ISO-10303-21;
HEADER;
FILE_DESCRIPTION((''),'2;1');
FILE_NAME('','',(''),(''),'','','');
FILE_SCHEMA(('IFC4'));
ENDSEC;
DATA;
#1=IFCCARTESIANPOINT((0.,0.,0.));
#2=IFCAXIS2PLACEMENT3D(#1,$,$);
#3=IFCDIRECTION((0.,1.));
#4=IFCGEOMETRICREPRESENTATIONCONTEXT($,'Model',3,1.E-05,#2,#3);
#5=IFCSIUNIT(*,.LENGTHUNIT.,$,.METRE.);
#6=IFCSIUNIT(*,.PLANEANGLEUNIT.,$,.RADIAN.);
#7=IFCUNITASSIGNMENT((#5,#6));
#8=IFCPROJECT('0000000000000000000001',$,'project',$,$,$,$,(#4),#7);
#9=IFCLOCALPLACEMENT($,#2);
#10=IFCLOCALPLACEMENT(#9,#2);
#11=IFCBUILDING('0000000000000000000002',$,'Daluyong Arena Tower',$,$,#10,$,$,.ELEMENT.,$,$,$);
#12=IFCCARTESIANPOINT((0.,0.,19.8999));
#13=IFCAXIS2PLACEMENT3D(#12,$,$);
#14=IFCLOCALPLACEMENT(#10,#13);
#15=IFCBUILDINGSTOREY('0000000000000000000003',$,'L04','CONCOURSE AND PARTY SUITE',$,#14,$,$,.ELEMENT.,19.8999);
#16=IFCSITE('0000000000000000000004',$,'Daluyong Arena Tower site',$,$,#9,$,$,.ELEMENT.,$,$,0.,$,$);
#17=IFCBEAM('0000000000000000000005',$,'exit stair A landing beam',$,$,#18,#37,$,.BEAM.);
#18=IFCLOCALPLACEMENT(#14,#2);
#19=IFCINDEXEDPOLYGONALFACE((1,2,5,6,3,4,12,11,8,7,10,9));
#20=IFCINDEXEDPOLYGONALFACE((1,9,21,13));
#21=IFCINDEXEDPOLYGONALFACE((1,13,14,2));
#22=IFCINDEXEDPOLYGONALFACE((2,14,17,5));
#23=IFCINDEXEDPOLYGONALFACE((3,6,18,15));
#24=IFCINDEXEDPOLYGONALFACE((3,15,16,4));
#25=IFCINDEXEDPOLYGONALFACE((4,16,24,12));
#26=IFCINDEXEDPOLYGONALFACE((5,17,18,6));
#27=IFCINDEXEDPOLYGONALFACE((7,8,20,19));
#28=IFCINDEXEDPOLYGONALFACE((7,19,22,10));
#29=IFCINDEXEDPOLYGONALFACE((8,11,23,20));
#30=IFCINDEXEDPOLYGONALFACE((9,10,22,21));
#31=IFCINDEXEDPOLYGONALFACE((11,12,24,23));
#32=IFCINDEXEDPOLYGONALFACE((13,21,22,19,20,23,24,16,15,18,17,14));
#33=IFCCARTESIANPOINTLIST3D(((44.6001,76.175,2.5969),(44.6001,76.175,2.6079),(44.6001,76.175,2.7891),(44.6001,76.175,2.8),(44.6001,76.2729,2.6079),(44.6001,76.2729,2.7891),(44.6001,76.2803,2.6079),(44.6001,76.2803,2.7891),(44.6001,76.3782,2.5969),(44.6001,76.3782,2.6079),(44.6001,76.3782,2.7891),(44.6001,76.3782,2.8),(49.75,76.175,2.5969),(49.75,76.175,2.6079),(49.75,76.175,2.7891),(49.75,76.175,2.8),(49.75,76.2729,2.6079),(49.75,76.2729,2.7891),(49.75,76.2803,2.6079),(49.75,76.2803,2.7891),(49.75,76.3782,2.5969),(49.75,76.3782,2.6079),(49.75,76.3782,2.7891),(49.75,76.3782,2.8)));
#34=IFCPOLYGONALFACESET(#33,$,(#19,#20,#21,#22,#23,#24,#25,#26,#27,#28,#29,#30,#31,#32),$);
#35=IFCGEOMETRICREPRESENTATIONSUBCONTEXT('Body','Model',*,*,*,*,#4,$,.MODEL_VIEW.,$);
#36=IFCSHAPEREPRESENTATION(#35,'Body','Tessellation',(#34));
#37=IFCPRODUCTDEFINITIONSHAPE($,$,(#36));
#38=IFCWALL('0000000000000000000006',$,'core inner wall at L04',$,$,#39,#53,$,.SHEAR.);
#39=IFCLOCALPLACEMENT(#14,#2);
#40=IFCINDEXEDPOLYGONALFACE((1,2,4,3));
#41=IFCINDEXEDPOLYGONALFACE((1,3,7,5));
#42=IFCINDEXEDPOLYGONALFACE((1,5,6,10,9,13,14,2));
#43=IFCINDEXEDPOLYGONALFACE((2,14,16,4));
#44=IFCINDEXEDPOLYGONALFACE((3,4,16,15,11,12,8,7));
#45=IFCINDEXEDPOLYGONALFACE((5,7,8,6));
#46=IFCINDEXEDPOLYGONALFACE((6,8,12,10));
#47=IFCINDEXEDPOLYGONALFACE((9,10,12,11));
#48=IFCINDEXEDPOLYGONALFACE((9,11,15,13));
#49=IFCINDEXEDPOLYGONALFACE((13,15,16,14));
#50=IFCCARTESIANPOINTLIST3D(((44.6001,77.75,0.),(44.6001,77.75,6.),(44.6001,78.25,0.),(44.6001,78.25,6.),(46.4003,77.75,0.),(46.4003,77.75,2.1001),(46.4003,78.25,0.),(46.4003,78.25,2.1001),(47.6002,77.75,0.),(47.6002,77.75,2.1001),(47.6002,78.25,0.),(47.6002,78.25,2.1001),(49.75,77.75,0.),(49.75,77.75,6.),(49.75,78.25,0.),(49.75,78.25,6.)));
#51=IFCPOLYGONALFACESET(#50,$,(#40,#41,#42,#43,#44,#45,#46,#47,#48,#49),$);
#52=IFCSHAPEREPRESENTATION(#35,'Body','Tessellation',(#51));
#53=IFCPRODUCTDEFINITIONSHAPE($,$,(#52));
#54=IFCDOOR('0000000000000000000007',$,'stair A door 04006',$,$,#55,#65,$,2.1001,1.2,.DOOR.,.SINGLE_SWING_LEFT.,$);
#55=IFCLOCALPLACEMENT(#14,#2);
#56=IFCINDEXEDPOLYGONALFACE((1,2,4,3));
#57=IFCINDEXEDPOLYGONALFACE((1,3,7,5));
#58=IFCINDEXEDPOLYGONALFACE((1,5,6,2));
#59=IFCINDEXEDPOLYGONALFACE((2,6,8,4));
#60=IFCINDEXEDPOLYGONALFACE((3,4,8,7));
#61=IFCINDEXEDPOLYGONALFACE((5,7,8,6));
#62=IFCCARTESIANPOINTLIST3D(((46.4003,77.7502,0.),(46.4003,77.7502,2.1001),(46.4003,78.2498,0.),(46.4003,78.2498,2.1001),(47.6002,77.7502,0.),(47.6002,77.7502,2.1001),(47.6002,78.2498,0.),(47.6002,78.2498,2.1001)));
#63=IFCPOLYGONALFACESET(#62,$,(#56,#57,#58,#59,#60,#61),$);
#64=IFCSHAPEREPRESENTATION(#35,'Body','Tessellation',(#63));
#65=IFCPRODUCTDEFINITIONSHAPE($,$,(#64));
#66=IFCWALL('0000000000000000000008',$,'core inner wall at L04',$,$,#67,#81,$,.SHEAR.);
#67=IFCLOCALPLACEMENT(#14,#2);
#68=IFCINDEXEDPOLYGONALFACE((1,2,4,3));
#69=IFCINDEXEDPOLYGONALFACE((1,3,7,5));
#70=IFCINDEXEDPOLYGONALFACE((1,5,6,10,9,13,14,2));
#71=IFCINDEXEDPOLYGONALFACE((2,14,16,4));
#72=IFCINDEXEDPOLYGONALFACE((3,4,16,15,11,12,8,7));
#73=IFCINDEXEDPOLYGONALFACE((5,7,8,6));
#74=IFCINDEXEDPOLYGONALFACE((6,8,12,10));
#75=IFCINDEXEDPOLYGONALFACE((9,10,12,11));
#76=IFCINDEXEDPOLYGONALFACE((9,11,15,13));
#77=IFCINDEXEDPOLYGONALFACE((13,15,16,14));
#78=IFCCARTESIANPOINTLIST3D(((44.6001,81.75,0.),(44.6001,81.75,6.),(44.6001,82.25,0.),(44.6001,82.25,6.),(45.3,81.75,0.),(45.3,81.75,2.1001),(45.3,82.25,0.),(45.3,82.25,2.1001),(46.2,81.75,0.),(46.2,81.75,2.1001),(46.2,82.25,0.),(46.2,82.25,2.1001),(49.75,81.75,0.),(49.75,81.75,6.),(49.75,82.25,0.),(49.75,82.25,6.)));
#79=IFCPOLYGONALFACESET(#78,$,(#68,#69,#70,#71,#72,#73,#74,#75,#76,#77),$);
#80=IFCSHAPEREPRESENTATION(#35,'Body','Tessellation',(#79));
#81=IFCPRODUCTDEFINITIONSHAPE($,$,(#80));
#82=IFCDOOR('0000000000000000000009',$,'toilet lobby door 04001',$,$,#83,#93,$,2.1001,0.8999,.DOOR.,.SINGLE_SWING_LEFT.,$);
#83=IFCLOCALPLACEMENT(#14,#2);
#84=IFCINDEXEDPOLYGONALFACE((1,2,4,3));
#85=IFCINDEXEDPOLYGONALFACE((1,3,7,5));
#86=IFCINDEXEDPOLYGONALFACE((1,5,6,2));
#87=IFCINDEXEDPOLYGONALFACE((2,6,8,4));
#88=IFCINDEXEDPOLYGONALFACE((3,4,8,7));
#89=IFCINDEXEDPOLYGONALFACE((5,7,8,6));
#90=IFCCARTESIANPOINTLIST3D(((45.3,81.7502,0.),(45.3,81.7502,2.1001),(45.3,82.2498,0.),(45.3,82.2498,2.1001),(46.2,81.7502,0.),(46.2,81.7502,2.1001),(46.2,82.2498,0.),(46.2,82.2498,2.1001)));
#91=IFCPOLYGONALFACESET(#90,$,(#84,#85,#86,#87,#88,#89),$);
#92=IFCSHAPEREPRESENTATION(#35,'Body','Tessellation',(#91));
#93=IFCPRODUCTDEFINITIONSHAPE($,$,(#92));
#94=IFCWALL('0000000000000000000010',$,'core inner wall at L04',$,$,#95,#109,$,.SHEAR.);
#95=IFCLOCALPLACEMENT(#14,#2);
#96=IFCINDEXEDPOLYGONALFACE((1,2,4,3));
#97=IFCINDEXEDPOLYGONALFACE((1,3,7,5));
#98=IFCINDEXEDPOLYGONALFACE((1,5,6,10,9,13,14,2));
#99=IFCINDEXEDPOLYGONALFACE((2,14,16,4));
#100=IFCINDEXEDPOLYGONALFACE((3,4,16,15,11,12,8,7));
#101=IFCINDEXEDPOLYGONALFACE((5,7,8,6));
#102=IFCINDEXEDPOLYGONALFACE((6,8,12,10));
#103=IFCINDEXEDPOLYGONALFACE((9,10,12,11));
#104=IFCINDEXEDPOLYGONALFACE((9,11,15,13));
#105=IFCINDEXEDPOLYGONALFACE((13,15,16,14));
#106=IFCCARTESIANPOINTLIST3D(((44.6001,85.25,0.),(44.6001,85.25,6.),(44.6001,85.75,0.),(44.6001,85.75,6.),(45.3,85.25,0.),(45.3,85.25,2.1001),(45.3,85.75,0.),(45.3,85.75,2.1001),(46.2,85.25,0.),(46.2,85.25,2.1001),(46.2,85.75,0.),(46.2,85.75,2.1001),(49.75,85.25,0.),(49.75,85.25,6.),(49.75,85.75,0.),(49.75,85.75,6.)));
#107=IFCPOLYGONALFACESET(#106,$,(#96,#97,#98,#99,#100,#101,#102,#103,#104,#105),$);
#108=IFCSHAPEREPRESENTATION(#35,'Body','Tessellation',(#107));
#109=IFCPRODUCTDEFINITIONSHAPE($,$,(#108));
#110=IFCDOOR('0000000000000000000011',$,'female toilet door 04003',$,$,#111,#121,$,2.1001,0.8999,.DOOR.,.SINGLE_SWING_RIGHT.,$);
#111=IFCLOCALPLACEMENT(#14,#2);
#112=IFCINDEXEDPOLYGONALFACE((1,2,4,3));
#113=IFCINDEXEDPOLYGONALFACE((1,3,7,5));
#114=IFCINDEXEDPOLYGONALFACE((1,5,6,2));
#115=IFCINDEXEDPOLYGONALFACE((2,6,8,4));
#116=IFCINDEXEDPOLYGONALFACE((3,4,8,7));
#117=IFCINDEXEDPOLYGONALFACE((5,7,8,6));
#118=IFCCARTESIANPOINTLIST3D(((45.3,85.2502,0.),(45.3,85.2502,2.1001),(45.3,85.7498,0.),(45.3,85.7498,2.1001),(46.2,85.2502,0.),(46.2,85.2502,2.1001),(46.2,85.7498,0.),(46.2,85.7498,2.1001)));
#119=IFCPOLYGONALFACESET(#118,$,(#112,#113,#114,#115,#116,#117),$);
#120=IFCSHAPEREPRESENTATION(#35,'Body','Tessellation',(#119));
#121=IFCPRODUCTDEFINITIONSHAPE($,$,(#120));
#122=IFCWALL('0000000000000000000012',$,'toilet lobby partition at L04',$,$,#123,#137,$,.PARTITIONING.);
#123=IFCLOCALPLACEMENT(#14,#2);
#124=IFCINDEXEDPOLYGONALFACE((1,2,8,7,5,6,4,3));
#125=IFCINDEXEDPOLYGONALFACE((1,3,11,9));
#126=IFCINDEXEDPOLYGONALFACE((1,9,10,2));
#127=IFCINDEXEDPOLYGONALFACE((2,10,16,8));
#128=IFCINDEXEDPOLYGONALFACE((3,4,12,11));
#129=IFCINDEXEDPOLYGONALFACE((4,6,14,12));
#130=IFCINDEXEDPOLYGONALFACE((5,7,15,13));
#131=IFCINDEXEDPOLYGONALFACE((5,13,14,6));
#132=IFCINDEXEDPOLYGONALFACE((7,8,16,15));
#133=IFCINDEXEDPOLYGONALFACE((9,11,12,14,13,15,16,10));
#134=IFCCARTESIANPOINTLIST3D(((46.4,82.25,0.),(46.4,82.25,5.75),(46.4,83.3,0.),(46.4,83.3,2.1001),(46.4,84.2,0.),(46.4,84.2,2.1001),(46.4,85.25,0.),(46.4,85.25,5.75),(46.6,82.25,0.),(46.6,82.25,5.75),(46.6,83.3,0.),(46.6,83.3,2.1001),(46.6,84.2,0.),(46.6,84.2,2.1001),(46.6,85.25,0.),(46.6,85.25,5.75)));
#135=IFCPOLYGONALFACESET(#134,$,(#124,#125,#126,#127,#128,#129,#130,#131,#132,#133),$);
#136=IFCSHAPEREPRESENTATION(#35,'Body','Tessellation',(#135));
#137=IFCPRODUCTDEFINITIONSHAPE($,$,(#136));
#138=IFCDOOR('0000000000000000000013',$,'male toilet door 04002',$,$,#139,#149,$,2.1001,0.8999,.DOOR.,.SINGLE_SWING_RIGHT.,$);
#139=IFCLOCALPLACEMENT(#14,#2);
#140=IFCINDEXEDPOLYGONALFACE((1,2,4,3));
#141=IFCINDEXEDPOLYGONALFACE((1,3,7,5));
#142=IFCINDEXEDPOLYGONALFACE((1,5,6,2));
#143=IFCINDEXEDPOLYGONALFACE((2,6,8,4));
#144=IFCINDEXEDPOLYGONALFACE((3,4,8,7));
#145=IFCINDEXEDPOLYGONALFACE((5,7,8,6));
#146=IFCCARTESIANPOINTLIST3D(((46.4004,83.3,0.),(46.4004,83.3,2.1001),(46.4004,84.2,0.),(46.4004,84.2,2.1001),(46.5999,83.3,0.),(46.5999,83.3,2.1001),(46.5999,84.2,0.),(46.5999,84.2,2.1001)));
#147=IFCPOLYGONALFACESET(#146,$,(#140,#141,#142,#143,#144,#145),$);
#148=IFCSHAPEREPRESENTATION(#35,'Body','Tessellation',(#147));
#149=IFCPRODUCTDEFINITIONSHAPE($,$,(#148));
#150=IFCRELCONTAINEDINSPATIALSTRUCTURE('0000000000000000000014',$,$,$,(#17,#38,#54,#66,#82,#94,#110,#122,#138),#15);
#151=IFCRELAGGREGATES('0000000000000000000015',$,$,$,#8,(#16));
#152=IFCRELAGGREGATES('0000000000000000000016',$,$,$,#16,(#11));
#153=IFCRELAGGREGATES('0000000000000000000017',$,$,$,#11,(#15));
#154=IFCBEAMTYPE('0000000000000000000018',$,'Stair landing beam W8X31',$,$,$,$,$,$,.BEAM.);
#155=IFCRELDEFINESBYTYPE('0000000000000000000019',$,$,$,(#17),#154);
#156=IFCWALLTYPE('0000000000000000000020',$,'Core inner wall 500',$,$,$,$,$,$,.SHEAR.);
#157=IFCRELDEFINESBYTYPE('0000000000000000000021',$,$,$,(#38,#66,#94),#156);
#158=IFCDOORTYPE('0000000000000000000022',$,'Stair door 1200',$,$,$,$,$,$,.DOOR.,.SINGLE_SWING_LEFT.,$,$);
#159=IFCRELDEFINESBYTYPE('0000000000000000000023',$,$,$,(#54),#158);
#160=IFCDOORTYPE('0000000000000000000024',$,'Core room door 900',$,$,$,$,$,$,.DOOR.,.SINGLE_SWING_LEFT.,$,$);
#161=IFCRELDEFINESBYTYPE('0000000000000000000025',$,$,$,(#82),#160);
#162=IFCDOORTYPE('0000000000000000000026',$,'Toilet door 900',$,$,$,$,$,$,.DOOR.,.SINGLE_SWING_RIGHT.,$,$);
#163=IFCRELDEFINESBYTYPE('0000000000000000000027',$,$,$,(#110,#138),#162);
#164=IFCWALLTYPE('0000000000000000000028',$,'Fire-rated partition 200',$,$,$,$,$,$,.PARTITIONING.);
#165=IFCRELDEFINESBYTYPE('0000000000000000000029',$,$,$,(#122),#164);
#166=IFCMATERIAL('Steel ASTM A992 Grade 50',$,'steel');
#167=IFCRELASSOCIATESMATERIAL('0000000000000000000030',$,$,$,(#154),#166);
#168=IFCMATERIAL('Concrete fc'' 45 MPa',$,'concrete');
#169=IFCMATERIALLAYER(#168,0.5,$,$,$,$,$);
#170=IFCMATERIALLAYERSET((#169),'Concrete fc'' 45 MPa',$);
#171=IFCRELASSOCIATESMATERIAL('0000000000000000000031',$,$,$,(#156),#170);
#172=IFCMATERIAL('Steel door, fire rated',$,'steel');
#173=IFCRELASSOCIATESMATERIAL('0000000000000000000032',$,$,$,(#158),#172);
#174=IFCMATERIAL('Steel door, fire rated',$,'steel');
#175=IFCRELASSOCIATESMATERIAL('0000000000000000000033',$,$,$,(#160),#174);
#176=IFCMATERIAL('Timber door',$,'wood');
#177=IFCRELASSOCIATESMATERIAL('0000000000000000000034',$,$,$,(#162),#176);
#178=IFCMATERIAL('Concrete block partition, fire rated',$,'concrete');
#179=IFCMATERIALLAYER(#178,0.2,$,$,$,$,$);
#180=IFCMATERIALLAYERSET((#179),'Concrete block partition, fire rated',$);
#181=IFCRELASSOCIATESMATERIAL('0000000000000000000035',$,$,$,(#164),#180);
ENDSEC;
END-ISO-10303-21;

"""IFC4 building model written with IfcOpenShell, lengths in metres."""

from ifc_helpers import new_model, si_unit, direction, frame, frame_2d, origin, origin_2d, place, context, subcontext, project, spatial, rectangle, i_section, extrude, material, layer, layer_set, material_profile, profile_set, type_object, element, fill, save


model = new_model("IFC4")

# Units and contexts
model_context = context("Model", 3, precision=1e-05, world=origin(), true_north=direction((0.0, 1.0)))
body_context = subcontext(model_context, "Body", "Model", "MODEL_VIEW")
ifc_project = project(units=[si_unit("LENGTHUNIT", "METRE"), si_unit("PLANEANGLEUNIT", "RADIAN")], contexts=[model_context])

# Site, building, storey
site_placement = place(None, origin())
site = spatial("IfcSite", under=ifc_project, at=site_placement, Name="Daluyong Arena Tower site", CompositionType="ELEMENT", RefElevation=0.0)
building_placement = place(site_placement, origin())
building = spatial("IfcBuilding", under=site, at=building_placement, Name="Daluyong Arena Tower", CompositionType="ELEMENT")
storey_placement = place(building_placement, frame((0.0, 0.0, 19.8999)))
storey = spatial("IfcBuildingStorey", under=building, at=storey_placement, Name="L04", Description="CONCOURSE AND PARTY SUITE", CompositionType="ELEMENT", Elevation=19.8999)

# Beam
ifc_material_1 = material(Name="Steel ASTM A992 Grade 50", Category="steel")
ifc_material_profile_1 = material_profile(ifc_material_1, i_section(OverallWidth=0.2031, OverallDepth=0.2031, WebThickness=0.0073, FlangeThickness=0.011, at=origin_2d()))
ifc_profile_set_1 = profile_set([ifc_material_profile_1], Name="Steel ASTM A992 Grade 50")
beam_type_1 = type_object("IfcBeamType", Name="Stair landing beam W8X31", PredefinedType="BEAM", material=ifc_profile_set_1)
for number, where, z_axis, x_axis, name in (
    (1, (44.6001, 76.2766, 2.6985), (1.0, 0.0, 0.0), (0.0, 1.0, 0.0), "exit stair A landing beam"),
):
    element("IfcBeam", number, at=place(storey_placement, frame(where, z_axis=z_axis, x_axis=x_axis)), inside=storey, type_object=beam_type_1, Name=name, PredefinedType="BEAM", context=body_context, shape_type="SweptSolid", body=[
        extrude(i_section(OverallWidth=0.2031, OverallDepth=0.2031, WebThickness=0.0073, FlangeThickness=0.011, at=origin_2d()), origin(), (0.0, 0.0, 1.0), 5.1499),
    ])

# Walls, openings, doors
ifc_material_2 = material(Name="Concrete fc' 45 MPa", Category="concrete")
ifc_layer_1 = layer(ifc_material_2, 0.5)
ifc_layer_set_1 = layer_set([ifc_layer_1], Name="Concrete fc' 45 MPa")
wall_type_1 = type_object("IfcWallType", Name="Core inner wall 500", PredefinedType="SHEAR", material=ifc_layer_set_1)
wall_1_placement = place(storey_placement, frame((44.6001, 78.0, 0.0), z_axis=(0.0, 0.0, 1.0), x_axis=(1.0, 0.0, 0.0)))
wall_1 = element("IfcWall", 2, at=wall_1_placement, inside=storey, type_object=wall_type_1, Name="core inner wall at L04", PredefinedType="SHEAR", context=body_context, shape_type="SweptSolid", body=[
    extrude(rectangle(XDim=5.1499, YDim=0.5, at=frame_2d((2.575, 0.0))), origin(), (0.0, 0.0, 1.0), 6.0),
])
opening_1_placement = place(wall_1_placement, frame((1.8, 0.0, 0.0)))
opening_1 = element("IfcOpeningElement", 3, at=opening_1_placement, cuts=wall_1, PredefinedType="OPENING", context=body_context, shape_type="SweptSolid", body=[
    extrude(rectangle(XDim=1.2, YDim=2.1001, at=frame_2d((0.6001, 1.05))), frame((0.0, 0.26, 0.0), z_axis=(0.0, -1.0, 0.0), x_axis=(1.0, 0.0, 0.0)), (0.0, 0.0, 1.0), 0.52),
])
ifc_material_3 = material(Name="Steel door, fire rated", Category="steel")
door_type_1 = type_object("IfcDoorType", Name="Stair door 1200", OperationType="SINGLE_SWING_LEFT", PredefinedType="DOOR", material=ifc_material_3)
door_1_placement = place(opening_1_placement, origin())
door_1 = element("IfcDoor", 4, at=door_1_placement, inside=storey, type_object=door_type_1, Name="stair A door 04006", OperationType="SINGLE_SWING_LEFT", OverallHeight=2.1001, OverallWidth=1.2, PredefinedType="DOOR", context=body_context, shape_type="SweptSolid", body=[
    extrude(rectangle(XDim=1.2, YDim=2.1001, at=frame_2d((0.6001, 1.05))), frame((0.0, 0.2498, 0.0), z_axis=(0.0, -1.0, 0.0), x_axis=(1.0, 0.0, 0.0)), (0.0, 0.0, 1.0), 0.4995),
])
fill(opening_1, door_1)
wall_2_placement = place(storey_placement, frame((44.6001, 82.0, 0.0), z_axis=(0.0, 0.0, 1.0), x_axis=(1.0, 0.0, 0.0)))
wall_2 = element("IfcWall", 5, at=wall_2_placement, inside=storey, type_object=wall_type_1, Name="core inner wall at L04", PredefinedType="SHEAR", context=body_context, shape_type="SweptSolid", body=[
    extrude(rectangle(XDim=5.1499, YDim=0.5, at=frame_2d((2.575, 0.0))), origin(), (0.0, 0.0, 1.0), 6.0),
])
opening_2_placement = place(wall_2_placement, frame((0.7, 0.0, 0.0)))
opening_2 = element("IfcOpeningElement", 6, at=opening_2_placement, cuts=wall_2, PredefinedType="OPENING", context=body_context, shape_type="SweptSolid", body=[
    extrude(rectangle(XDim=0.8999, YDim=2.1001, at=frame_2d((0.45, 1.05))), frame((0.0, 0.26, 0.0), z_axis=(0.0, -1.0, 0.0), x_axis=(1.0, 0.0, 0.0)), (0.0, 0.0, 1.0), 0.52),
])
ifc_material_4 = material(Name="Steel door, fire rated", Category="steel")
door_type_2 = type_object("IfcDoorType", Name="Core room door 900", OperationType="SINGLE_SWING_LEFT", PredefinedType="DOOR", material=ifc_material_4)
door_2_placement = place(opening_2_placement, origin())
door_2 = element("IfcDoor", 7, at=door_2_placement, inside=storey, type_object=door_type_2, Name="toilet lobby door 04001", OperationType="SINGLE_SWING_LEFT", OverallHeight=2.1001, OverallWidth=0.8999, PredefinedType="DOOR", context=body_context, shape_type="SweptSolid", body=[
    extrude(rectangle(XDim=0.8999, YDim=2.1001, at=frame_2d((0.45, 1.05))), frame((0.0, 0.2498, 0.0), z_axis=(0.0, -1.0, 0.0), x_axis=(1.0, 0.0, 0.0)), (0.0, 0.0, 1.0), 0.4995),
])
fill(opening_2, door_2)
wall_3_placement = place(storey_placement, frame((44.6001, 85.5, 0.0), z_axis=(0.0, 0.0, 1.0), x_axis=(1.0, 0.0, 0.0)))
wall_3 = element("IfcWall", 8, at=wall_3_placement, inside=storey, type_object=wall_type_1, Name="core inner wall at L04", PredefinedType="SHEAR", context=body_context, shape_type="SweptSolid", body=[
    extrude(rectangle(XDim=5.1499, YDim=0.5, at=frame_2d((2.575, 0.0))), origin(), (0.0, 0.0, 1.0), 6.0),
])
opening_3_placement = place(wall_3_placement, frame((0.7, 0.0, 0.0)))
opening_3 = element("IfcOpeningElement", 9, at=opening_3_placement, cuts=wall_3, PredefinedType="OPENING", context=body_context, shape_type="SweptSolid", body=[
    extrude(rectangle(XDim=0.8999, YDim=2.1001, at=frame_2d((0.45, 1.05))), frame((0.0, 0.26, 0.0), z_axis=(0.0, -1.0, 0.0), x_axis=(1.0, 0.0, 0.0)), (0.0, 0.0, 1.0), 0.52),
])
ifc_material_5 = material(Name="Timber door", Category="wood")
door_type_3 = type_object("IfcDoorType", Name="Toilet door 900", OperationType="SINGLE_SWING_RIGHT", PredefinedType="DOOR", material=ifc_material_5)
door_3_placement = place(opening_3_placement, origin())
door_3 = element("IfcDoor", 10, at=door_3_placement, inside=storey, type_object=door_type_3, Name="female toilet door 04003", OperationType="SINGLE_SWING_RIGHT", OverallHeight=2.1001, OverallWidth=0.8999, PredefinedType="DOOR", context=body_context, shape_type="SweptSolid", body=[
    extrude(rectangle(XDim=0.8999, YDim=2.1001, at=frame_2d((0.45, 1.05))), frame((0.0, 0.2498, 0.0), z_axis=(0.0, -1.0, 0.0), x_axis=(1.0, 0.0, 0.0)), (0.0, 0.0, 1.0), 0.4995),
])
fill(opening_3, door_3)
ifc_material_6 = material(Name="Concrete block partition, fire rated", Category="concrete")
ifc_layer_2 = layer(ifc_material_6, 0.2)
ifc_layer_set_2 = layer_set([ifc_layer_2], Name="Concrete block partition, fire rated")
wall_type_2 = type_object("IfcWallType", Name="Fire-rated partition 200", PredefinedType="PARTITIONING", material=ifc_layer_set_2)
wall_4_placement = place(storey_placement, frame((46.5, 82.25, 0.0), z_axis=(0.0, 0.0, 1.0), x_axis=(0.0, 1.0, 0.0)))
wall_4 = element("IfcWall", 11, at=wall_4_placement, inside=storey, type_object=wall_type_2, Name="toilet lobby partition at L04", PredefinedType="PARTITIONING", context=body_context, shape_type="SweptSolid", body=[
    extrude(rectangle(XDim=3.0, YDim=0.2, at=frame_2d((1.5, 0.0))), origin(), (0.0, 0.0, 1.0), 5.75),
])
opening_4_placement = place(wall_4_placement, frame((1.05, 0.0, 0.0)))
opening_4 = element("IfcOpeningElement", 12, at=opening_4_placement, cuts=wall_4, PredefinedType="OPENING", context=body_context, shape_type="SweptSolid", body=[
    extrude(rectangle(XDim=0.8999, YDim=2.1001, at=frame_2d((0.45, 1.05))), frame((0.0, 0.1099, 0.0), z_axis=(0.0, -1.0, 0.0), x_axis=(1.0, 0.0, 0.0)), (0.0, 0.0, 1.0), 0.22),
])
door_4_placement = place(opening_4_placement, origin())
door_4 = element("IfcDoor", 13, at=door_4_placement, inside=storey, type_object=door_type_3, Name="male toilet door 04002", OperationType="SINGLE_SWING_RIGHT", OverallHeight=2.1001, OverallWidth=0.8999, PredefinedType="DOOR", context=body_context, shape_type="SweptSolid", body=[
    extrude(rectangle(XDim=0.8999, YDim=2.1001, at=frame_2d((0.45, 1.05))), frame((0.0, 0.0996, 0.0), z_axis=(0.0, -1.0, 0.0), x_axis=(1.0, 0.0, 0.0)), (0.0, 0.0, 1.0), 0.1995),
])
fill(opening_4, door_4)

save(model, "model.ifc")
